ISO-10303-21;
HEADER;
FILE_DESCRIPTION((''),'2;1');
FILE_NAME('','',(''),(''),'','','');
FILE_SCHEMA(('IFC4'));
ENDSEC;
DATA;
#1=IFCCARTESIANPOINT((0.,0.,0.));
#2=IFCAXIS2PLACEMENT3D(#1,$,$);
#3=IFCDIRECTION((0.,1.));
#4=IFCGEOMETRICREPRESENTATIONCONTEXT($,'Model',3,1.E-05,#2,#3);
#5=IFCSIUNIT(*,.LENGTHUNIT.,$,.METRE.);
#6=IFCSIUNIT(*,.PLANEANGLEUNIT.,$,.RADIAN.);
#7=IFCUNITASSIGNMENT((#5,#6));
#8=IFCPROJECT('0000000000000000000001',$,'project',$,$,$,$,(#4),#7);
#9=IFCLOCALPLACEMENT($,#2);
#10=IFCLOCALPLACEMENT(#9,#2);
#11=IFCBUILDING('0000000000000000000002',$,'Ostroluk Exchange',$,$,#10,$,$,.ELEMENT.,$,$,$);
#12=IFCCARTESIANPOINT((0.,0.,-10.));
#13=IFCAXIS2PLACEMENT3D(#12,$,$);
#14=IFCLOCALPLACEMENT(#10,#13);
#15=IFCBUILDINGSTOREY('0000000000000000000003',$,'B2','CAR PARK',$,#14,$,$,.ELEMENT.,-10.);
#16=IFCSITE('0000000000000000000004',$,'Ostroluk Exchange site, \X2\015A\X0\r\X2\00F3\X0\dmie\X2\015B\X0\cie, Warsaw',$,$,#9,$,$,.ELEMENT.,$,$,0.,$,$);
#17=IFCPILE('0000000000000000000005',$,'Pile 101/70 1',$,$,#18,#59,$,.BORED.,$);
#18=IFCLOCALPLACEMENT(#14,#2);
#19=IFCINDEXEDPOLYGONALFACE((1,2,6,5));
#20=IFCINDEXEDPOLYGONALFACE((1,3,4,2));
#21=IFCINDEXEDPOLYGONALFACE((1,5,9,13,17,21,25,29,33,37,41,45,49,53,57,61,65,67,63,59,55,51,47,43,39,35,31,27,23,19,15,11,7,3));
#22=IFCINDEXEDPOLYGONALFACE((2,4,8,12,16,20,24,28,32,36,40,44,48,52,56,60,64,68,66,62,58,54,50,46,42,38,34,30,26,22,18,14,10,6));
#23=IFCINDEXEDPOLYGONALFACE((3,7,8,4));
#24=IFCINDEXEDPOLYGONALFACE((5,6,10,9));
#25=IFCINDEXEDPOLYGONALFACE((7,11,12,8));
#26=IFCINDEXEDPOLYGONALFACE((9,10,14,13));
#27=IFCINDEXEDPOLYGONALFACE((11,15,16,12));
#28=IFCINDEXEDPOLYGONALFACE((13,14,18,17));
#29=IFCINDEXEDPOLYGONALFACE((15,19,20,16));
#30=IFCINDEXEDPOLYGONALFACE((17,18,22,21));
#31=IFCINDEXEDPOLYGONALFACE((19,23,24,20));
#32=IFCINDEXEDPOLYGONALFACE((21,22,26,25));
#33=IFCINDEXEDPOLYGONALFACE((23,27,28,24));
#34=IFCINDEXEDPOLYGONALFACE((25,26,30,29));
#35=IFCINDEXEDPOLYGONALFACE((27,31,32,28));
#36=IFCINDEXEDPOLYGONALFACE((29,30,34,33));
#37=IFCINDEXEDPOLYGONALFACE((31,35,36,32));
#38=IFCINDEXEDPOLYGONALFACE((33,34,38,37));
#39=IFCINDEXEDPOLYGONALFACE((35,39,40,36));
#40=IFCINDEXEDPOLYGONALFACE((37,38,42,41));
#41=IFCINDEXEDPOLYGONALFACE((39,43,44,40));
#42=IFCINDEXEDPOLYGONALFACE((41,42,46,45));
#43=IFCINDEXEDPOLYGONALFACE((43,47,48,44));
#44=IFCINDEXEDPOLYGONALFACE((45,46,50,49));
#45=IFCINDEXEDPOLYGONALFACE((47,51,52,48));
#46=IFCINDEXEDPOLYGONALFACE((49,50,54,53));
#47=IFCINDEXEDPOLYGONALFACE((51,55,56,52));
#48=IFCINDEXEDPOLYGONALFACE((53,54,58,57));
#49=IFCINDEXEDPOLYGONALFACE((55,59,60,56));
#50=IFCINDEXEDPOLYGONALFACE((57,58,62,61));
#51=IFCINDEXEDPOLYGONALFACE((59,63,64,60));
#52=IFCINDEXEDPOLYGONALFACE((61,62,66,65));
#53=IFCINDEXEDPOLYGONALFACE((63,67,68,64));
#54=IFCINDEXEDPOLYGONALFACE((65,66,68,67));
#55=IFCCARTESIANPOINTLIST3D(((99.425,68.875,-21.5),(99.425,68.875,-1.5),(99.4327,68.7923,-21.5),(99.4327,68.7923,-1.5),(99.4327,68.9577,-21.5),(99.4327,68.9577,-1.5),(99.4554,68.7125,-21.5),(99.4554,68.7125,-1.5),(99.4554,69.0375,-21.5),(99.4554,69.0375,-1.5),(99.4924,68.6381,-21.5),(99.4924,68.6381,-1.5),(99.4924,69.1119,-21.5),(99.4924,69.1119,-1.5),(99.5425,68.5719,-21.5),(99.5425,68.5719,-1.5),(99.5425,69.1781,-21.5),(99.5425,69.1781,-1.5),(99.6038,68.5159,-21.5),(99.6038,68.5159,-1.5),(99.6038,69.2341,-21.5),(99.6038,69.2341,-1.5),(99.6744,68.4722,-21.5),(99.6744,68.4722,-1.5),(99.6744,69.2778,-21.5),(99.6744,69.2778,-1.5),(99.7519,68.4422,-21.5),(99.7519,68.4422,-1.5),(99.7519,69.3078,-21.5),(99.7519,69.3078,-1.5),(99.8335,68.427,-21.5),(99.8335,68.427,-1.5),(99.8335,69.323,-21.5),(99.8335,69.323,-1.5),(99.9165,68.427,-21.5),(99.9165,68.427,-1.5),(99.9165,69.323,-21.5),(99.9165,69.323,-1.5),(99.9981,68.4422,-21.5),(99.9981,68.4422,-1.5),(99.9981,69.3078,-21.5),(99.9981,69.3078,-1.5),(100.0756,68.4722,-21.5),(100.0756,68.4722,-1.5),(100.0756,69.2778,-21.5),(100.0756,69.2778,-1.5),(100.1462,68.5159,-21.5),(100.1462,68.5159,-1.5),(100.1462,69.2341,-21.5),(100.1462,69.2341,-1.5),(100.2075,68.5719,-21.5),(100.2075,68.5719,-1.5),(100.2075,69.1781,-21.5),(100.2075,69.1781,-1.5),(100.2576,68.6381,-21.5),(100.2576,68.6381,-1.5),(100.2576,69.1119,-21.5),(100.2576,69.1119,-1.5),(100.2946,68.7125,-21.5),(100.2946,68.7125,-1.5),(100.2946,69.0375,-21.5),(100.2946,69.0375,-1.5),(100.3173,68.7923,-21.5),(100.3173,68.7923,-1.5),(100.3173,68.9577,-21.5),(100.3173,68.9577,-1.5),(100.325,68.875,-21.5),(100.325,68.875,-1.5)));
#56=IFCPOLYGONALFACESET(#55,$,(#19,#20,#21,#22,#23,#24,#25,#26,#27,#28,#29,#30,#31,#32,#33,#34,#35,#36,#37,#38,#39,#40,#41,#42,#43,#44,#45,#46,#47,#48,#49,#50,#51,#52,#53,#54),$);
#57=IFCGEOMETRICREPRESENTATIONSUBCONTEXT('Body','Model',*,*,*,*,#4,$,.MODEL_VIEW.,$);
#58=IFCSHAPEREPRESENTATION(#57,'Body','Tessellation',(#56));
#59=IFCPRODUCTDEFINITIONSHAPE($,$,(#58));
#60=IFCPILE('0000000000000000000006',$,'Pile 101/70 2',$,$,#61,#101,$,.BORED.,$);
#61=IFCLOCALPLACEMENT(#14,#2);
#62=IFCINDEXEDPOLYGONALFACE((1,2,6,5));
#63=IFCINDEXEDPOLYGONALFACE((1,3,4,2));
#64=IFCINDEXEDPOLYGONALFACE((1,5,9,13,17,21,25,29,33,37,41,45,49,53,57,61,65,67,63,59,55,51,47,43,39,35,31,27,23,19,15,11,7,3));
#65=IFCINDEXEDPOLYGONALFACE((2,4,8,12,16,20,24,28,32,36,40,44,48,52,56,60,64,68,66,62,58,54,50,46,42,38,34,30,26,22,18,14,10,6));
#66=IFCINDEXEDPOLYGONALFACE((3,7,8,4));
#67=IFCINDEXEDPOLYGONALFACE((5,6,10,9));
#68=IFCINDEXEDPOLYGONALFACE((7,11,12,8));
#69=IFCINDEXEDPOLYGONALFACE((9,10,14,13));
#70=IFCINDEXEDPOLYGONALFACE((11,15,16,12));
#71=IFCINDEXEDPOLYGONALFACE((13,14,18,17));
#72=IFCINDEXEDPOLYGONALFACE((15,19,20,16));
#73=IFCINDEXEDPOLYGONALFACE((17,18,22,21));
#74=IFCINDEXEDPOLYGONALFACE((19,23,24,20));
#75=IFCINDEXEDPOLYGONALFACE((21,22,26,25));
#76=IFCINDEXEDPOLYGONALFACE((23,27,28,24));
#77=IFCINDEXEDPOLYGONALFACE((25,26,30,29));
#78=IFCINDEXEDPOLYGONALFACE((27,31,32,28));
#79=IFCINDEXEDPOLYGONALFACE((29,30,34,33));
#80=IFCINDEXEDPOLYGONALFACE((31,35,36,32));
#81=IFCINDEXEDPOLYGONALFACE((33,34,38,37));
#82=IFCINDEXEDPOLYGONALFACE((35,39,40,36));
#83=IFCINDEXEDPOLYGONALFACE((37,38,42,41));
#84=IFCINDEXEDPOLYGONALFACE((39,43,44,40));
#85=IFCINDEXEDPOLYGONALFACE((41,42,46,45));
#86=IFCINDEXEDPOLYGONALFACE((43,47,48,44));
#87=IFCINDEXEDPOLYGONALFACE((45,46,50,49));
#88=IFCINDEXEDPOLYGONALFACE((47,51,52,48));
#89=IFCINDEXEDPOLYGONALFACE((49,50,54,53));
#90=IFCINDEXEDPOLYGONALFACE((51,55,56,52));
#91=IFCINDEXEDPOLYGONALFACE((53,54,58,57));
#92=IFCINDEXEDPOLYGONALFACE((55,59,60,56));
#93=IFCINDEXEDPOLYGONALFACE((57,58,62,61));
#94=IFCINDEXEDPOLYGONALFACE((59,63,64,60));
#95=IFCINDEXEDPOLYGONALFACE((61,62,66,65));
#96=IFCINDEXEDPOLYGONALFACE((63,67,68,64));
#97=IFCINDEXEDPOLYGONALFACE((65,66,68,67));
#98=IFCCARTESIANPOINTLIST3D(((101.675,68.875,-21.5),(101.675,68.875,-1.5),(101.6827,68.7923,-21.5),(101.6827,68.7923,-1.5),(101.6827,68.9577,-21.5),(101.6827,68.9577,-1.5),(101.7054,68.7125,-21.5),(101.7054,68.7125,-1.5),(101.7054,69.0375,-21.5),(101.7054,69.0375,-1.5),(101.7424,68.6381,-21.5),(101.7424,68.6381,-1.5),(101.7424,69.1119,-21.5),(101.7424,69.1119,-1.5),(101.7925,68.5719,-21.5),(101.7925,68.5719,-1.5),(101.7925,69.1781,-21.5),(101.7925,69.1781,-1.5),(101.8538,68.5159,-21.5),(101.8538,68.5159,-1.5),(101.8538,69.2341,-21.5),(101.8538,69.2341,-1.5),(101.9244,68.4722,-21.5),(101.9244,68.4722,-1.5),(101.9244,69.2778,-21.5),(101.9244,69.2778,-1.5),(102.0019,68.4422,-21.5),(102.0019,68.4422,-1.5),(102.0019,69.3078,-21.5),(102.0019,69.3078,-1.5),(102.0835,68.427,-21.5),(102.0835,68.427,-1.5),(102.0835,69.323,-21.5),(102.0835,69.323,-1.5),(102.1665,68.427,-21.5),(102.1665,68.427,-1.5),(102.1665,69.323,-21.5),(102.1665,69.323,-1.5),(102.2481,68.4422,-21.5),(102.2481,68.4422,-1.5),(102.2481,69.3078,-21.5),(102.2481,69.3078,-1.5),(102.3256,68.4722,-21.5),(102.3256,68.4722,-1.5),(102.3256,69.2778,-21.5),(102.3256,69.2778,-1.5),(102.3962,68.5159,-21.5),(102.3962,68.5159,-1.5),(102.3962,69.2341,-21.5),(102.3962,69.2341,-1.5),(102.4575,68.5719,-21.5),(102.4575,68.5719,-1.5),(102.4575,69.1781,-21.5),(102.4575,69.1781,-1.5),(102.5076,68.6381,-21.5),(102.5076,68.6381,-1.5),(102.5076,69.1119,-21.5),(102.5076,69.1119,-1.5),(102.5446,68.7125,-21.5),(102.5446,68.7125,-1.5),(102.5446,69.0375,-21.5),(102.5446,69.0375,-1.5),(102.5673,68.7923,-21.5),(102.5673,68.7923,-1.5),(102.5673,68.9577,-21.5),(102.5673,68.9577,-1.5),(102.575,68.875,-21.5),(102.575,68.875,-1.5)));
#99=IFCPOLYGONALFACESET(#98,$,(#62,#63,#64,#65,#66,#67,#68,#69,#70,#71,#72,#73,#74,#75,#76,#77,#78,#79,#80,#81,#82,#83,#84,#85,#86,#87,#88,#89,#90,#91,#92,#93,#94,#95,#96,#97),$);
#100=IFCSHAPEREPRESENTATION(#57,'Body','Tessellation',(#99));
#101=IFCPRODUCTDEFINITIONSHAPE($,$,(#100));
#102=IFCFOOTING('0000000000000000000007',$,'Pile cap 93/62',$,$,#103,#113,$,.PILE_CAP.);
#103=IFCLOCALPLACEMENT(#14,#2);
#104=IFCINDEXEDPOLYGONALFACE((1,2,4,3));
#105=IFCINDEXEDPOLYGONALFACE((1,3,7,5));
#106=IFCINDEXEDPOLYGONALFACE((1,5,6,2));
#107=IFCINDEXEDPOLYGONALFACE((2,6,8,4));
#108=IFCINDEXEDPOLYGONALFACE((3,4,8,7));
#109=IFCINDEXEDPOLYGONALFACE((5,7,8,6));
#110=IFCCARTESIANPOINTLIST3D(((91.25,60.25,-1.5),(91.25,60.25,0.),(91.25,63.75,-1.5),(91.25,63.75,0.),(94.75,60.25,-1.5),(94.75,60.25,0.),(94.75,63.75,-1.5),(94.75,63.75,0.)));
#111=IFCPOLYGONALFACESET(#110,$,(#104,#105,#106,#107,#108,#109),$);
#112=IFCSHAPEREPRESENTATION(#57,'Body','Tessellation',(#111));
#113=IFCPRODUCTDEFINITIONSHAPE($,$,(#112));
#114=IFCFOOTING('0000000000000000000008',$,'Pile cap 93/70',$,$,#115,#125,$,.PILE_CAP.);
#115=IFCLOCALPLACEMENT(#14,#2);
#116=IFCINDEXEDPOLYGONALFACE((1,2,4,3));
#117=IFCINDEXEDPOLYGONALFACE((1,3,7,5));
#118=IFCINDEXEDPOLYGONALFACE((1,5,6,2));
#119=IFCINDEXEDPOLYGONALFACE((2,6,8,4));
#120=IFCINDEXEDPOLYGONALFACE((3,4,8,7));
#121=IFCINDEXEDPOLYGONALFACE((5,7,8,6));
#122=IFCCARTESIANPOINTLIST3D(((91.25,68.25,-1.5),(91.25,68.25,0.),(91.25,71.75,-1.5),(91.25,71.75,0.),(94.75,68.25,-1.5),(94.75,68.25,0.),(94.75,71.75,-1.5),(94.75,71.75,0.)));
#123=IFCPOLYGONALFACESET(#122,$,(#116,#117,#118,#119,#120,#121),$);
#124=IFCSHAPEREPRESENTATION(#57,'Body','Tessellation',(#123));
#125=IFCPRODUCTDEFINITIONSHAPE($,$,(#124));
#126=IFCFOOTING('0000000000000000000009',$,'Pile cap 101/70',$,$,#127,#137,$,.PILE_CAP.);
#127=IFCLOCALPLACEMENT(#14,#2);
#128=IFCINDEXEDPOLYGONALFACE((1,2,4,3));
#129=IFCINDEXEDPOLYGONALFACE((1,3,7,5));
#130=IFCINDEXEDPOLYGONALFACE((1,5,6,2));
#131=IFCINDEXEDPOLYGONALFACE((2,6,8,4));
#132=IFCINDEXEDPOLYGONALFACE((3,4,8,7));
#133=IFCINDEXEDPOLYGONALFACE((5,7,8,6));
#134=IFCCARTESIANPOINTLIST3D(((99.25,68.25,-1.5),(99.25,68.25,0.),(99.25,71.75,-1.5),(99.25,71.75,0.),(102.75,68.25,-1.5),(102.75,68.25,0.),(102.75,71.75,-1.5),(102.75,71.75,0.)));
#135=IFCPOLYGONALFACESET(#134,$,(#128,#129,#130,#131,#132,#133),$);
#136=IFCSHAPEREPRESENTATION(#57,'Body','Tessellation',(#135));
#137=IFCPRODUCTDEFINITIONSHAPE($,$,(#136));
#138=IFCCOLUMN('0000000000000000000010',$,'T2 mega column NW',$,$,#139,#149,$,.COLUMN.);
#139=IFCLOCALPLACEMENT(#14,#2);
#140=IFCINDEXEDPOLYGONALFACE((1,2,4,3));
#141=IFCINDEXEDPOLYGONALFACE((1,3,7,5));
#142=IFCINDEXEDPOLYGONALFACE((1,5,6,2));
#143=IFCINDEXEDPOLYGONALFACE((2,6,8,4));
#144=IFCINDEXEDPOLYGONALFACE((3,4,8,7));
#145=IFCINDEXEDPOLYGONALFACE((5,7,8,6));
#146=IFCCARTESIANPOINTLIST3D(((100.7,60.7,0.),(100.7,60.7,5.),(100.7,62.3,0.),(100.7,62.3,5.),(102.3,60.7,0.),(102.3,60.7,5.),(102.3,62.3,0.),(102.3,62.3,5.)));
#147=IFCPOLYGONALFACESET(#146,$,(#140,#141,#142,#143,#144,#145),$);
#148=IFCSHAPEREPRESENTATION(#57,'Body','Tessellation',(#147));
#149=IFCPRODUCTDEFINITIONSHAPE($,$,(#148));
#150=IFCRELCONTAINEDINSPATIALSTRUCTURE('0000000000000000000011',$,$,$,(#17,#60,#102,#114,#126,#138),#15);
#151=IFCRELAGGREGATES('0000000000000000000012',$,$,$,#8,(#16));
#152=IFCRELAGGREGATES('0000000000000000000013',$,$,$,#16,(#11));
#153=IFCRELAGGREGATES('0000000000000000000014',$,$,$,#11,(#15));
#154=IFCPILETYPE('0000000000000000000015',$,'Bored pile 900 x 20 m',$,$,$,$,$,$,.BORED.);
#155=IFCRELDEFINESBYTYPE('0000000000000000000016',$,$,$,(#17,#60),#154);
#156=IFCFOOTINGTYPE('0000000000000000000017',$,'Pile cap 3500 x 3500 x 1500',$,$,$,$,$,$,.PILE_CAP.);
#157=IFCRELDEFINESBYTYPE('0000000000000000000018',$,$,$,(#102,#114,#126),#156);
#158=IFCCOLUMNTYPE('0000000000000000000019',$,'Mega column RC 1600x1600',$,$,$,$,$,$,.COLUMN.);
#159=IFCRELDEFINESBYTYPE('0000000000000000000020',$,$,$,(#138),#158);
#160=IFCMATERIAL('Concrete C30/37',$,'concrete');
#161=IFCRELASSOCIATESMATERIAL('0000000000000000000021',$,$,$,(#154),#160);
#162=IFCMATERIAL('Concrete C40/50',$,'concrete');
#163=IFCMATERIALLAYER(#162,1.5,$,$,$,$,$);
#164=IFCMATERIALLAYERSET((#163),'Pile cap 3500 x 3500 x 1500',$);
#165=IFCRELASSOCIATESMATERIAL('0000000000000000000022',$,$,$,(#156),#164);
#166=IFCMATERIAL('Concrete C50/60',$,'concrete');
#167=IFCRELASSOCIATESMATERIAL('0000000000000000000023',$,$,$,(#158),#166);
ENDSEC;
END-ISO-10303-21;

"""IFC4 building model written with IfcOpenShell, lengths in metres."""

from ifc_helpers import new_model, si_unit, direction, frame, origin, origin_2d, place, context, subcontext, project, spatial, rectangle, circle, extrude, material, layer, layer_set, material_profile, profile_set, type_object, element, save


model = new_model("IFC4")

# Units and contexts
model_context = context("Model", 3, precision=1e-05, world=origin(), true_north=direction((0.0, 1.0)))
body_context = subcontext(model_context, "Body", "Model", "MODEL_VIEW")
ifc_project = project(units=[si_unit("LENGTHUNIT", "METRE"), si_unit("PLANEANGLEUNIT", "RADIAN")], contexts=[model_context])

# Site, building, storey
site_placement = place(None, origin())
site = spatial("IfcSite", under=ifc_project, at=site_placement, Name="Ostroluk Exchange site, Śródmieście, Warsaw", CompositionType="ELEMENT", RefElevation=0.0)
building_placement = place(site_placement, origin())
building = spatial("IfcBuilding", under=site, at=building_placement, Name="Ostroluk Exchange", CompositionType="ELEMENT")
storey_placement = place(building_placement, frame((0.0, 0.0, -10.0)))
storey = spatial("IfcBuildingStorey", under=building, at=storey_placement, Name="B2", Description="CAR PARK", CompositionType="ELEMENT", Elevation=-10.0)

# Piles
ifc_material_1 = material(Name="Concrete C30/37", Category="concrete")
pile_type_1 = type_object("IfcPileType", Name="Bored pile 900 x 20 m", PredefinedType="BORED", material=ifc_material_1)
for number, where, z_axis, x_axis, name in (
    (1, (99.875, 68.875, -1.5), (0.0, 0.0, -1.0), (1.0, 0.0, 0.0), "Pile 101/70 1"),
    (2, (102.125, 68.875, -1.5), (0.0, 0.0, -1.0), (1.0, 0.0, 0.0), "Pile 101/70 2"),
):
    element("IfcPile", number, at=place(storey_placement, frame(where, z_axis=z_axis, x_axis=x_axis)), inside=storey, type_object=pile_type_1, Name=name, PredefinedType="BORED", context=body_context, shape_type="SweptSolid", body=[
        extrude(circle(Radius=0.45, at=origin_2d()), origin(), (0.0, 0.0, 1.0), 20.0),
    ])

# Footings
ifc_material_2 = material(Name="Concrete C40/50", Category="concrete")
ifc_layer_1 = layer(ifc_material_2, 1.5)
ifc_layer_set_1 = layer_set([ifc_layer_1], Name="Pile cap 3500 x 3500 x 1500")
footing_type = type_object("IfcFootingType", Name="Pile cap 3500 x 3500 x 1500", PredefinedType="PILE_CAP", material=ifc_layer_set_1)
for number, where, z_axis, x_axis, name in (
    (3, (93.0, 62.0, -1.5), (0.0, 0.0, 1.0), (1.0, 0.0, 0.0), "Pile cap 93/62"),
    (4, (93.0, 70.0, -1.5), (0.0, 0.0, 1.0), (1.0, 0.0, 0.0), "Pile cap 93/70"),
    (5, (101.0, 70.0, -1.5), (0.0, 0.0, 1.0), (1.0, 0.0, 0.0), "Pile cap 101/70"),
):
    element("IfcFooting", number, at=place(storey_placement, frame(where, z_axis=z_axis, x_axis=x_axis)), inside=storey, type_object=footing_type, Name=name, PredefinedType="PILE_CAP", context=body_context, shape_type="SweptSolid", body=[
        extrude(rectangle(XDim=3.5, YDim=3.5, at=origin_2d()), origin(), (0.0, 0.0, 1.0), 1.5),
    ])

# Column
ifc_material_3 = material(Name="Concrete C50/60", Category="concrete")
ifc_material_profile_1 = material_profile(ifc_material_3, rectangle(XDim=1.6001, YDim=1.6001, at=origin_2d()), Name="RC 1600x1600")
ifc_profile_set_1 = profile_set([ifc_material_profile_1], Name="Concrete C50/60")
column_type_1 = type_object("IfcColumnType", Name="Mega column RC 1600x1600", PredefinedType="COLUMN", material=ifc_profile_set_1)
column_placement = place(storey_placement, frame((101.5, 61.5, 0.0), z_axis=(0.0, 0.0, 1.0), x_axis=(1.0, 0.0, 0.0)))
element("IfcColumn", 6, at=column_placement, inside=storey, type_object=column_type_1, Name="T2 mega column NW", PredefinedType="COLUMN", context=body_context, shape_type="SweptSolid", body=[
    extrude(rectangle(XDim=1.6001, YDim=1.6001, at=origin_2d()), origin(), (0.0, 0.0, 1.0), 5.0),
])

save(model, "model.ifc")
